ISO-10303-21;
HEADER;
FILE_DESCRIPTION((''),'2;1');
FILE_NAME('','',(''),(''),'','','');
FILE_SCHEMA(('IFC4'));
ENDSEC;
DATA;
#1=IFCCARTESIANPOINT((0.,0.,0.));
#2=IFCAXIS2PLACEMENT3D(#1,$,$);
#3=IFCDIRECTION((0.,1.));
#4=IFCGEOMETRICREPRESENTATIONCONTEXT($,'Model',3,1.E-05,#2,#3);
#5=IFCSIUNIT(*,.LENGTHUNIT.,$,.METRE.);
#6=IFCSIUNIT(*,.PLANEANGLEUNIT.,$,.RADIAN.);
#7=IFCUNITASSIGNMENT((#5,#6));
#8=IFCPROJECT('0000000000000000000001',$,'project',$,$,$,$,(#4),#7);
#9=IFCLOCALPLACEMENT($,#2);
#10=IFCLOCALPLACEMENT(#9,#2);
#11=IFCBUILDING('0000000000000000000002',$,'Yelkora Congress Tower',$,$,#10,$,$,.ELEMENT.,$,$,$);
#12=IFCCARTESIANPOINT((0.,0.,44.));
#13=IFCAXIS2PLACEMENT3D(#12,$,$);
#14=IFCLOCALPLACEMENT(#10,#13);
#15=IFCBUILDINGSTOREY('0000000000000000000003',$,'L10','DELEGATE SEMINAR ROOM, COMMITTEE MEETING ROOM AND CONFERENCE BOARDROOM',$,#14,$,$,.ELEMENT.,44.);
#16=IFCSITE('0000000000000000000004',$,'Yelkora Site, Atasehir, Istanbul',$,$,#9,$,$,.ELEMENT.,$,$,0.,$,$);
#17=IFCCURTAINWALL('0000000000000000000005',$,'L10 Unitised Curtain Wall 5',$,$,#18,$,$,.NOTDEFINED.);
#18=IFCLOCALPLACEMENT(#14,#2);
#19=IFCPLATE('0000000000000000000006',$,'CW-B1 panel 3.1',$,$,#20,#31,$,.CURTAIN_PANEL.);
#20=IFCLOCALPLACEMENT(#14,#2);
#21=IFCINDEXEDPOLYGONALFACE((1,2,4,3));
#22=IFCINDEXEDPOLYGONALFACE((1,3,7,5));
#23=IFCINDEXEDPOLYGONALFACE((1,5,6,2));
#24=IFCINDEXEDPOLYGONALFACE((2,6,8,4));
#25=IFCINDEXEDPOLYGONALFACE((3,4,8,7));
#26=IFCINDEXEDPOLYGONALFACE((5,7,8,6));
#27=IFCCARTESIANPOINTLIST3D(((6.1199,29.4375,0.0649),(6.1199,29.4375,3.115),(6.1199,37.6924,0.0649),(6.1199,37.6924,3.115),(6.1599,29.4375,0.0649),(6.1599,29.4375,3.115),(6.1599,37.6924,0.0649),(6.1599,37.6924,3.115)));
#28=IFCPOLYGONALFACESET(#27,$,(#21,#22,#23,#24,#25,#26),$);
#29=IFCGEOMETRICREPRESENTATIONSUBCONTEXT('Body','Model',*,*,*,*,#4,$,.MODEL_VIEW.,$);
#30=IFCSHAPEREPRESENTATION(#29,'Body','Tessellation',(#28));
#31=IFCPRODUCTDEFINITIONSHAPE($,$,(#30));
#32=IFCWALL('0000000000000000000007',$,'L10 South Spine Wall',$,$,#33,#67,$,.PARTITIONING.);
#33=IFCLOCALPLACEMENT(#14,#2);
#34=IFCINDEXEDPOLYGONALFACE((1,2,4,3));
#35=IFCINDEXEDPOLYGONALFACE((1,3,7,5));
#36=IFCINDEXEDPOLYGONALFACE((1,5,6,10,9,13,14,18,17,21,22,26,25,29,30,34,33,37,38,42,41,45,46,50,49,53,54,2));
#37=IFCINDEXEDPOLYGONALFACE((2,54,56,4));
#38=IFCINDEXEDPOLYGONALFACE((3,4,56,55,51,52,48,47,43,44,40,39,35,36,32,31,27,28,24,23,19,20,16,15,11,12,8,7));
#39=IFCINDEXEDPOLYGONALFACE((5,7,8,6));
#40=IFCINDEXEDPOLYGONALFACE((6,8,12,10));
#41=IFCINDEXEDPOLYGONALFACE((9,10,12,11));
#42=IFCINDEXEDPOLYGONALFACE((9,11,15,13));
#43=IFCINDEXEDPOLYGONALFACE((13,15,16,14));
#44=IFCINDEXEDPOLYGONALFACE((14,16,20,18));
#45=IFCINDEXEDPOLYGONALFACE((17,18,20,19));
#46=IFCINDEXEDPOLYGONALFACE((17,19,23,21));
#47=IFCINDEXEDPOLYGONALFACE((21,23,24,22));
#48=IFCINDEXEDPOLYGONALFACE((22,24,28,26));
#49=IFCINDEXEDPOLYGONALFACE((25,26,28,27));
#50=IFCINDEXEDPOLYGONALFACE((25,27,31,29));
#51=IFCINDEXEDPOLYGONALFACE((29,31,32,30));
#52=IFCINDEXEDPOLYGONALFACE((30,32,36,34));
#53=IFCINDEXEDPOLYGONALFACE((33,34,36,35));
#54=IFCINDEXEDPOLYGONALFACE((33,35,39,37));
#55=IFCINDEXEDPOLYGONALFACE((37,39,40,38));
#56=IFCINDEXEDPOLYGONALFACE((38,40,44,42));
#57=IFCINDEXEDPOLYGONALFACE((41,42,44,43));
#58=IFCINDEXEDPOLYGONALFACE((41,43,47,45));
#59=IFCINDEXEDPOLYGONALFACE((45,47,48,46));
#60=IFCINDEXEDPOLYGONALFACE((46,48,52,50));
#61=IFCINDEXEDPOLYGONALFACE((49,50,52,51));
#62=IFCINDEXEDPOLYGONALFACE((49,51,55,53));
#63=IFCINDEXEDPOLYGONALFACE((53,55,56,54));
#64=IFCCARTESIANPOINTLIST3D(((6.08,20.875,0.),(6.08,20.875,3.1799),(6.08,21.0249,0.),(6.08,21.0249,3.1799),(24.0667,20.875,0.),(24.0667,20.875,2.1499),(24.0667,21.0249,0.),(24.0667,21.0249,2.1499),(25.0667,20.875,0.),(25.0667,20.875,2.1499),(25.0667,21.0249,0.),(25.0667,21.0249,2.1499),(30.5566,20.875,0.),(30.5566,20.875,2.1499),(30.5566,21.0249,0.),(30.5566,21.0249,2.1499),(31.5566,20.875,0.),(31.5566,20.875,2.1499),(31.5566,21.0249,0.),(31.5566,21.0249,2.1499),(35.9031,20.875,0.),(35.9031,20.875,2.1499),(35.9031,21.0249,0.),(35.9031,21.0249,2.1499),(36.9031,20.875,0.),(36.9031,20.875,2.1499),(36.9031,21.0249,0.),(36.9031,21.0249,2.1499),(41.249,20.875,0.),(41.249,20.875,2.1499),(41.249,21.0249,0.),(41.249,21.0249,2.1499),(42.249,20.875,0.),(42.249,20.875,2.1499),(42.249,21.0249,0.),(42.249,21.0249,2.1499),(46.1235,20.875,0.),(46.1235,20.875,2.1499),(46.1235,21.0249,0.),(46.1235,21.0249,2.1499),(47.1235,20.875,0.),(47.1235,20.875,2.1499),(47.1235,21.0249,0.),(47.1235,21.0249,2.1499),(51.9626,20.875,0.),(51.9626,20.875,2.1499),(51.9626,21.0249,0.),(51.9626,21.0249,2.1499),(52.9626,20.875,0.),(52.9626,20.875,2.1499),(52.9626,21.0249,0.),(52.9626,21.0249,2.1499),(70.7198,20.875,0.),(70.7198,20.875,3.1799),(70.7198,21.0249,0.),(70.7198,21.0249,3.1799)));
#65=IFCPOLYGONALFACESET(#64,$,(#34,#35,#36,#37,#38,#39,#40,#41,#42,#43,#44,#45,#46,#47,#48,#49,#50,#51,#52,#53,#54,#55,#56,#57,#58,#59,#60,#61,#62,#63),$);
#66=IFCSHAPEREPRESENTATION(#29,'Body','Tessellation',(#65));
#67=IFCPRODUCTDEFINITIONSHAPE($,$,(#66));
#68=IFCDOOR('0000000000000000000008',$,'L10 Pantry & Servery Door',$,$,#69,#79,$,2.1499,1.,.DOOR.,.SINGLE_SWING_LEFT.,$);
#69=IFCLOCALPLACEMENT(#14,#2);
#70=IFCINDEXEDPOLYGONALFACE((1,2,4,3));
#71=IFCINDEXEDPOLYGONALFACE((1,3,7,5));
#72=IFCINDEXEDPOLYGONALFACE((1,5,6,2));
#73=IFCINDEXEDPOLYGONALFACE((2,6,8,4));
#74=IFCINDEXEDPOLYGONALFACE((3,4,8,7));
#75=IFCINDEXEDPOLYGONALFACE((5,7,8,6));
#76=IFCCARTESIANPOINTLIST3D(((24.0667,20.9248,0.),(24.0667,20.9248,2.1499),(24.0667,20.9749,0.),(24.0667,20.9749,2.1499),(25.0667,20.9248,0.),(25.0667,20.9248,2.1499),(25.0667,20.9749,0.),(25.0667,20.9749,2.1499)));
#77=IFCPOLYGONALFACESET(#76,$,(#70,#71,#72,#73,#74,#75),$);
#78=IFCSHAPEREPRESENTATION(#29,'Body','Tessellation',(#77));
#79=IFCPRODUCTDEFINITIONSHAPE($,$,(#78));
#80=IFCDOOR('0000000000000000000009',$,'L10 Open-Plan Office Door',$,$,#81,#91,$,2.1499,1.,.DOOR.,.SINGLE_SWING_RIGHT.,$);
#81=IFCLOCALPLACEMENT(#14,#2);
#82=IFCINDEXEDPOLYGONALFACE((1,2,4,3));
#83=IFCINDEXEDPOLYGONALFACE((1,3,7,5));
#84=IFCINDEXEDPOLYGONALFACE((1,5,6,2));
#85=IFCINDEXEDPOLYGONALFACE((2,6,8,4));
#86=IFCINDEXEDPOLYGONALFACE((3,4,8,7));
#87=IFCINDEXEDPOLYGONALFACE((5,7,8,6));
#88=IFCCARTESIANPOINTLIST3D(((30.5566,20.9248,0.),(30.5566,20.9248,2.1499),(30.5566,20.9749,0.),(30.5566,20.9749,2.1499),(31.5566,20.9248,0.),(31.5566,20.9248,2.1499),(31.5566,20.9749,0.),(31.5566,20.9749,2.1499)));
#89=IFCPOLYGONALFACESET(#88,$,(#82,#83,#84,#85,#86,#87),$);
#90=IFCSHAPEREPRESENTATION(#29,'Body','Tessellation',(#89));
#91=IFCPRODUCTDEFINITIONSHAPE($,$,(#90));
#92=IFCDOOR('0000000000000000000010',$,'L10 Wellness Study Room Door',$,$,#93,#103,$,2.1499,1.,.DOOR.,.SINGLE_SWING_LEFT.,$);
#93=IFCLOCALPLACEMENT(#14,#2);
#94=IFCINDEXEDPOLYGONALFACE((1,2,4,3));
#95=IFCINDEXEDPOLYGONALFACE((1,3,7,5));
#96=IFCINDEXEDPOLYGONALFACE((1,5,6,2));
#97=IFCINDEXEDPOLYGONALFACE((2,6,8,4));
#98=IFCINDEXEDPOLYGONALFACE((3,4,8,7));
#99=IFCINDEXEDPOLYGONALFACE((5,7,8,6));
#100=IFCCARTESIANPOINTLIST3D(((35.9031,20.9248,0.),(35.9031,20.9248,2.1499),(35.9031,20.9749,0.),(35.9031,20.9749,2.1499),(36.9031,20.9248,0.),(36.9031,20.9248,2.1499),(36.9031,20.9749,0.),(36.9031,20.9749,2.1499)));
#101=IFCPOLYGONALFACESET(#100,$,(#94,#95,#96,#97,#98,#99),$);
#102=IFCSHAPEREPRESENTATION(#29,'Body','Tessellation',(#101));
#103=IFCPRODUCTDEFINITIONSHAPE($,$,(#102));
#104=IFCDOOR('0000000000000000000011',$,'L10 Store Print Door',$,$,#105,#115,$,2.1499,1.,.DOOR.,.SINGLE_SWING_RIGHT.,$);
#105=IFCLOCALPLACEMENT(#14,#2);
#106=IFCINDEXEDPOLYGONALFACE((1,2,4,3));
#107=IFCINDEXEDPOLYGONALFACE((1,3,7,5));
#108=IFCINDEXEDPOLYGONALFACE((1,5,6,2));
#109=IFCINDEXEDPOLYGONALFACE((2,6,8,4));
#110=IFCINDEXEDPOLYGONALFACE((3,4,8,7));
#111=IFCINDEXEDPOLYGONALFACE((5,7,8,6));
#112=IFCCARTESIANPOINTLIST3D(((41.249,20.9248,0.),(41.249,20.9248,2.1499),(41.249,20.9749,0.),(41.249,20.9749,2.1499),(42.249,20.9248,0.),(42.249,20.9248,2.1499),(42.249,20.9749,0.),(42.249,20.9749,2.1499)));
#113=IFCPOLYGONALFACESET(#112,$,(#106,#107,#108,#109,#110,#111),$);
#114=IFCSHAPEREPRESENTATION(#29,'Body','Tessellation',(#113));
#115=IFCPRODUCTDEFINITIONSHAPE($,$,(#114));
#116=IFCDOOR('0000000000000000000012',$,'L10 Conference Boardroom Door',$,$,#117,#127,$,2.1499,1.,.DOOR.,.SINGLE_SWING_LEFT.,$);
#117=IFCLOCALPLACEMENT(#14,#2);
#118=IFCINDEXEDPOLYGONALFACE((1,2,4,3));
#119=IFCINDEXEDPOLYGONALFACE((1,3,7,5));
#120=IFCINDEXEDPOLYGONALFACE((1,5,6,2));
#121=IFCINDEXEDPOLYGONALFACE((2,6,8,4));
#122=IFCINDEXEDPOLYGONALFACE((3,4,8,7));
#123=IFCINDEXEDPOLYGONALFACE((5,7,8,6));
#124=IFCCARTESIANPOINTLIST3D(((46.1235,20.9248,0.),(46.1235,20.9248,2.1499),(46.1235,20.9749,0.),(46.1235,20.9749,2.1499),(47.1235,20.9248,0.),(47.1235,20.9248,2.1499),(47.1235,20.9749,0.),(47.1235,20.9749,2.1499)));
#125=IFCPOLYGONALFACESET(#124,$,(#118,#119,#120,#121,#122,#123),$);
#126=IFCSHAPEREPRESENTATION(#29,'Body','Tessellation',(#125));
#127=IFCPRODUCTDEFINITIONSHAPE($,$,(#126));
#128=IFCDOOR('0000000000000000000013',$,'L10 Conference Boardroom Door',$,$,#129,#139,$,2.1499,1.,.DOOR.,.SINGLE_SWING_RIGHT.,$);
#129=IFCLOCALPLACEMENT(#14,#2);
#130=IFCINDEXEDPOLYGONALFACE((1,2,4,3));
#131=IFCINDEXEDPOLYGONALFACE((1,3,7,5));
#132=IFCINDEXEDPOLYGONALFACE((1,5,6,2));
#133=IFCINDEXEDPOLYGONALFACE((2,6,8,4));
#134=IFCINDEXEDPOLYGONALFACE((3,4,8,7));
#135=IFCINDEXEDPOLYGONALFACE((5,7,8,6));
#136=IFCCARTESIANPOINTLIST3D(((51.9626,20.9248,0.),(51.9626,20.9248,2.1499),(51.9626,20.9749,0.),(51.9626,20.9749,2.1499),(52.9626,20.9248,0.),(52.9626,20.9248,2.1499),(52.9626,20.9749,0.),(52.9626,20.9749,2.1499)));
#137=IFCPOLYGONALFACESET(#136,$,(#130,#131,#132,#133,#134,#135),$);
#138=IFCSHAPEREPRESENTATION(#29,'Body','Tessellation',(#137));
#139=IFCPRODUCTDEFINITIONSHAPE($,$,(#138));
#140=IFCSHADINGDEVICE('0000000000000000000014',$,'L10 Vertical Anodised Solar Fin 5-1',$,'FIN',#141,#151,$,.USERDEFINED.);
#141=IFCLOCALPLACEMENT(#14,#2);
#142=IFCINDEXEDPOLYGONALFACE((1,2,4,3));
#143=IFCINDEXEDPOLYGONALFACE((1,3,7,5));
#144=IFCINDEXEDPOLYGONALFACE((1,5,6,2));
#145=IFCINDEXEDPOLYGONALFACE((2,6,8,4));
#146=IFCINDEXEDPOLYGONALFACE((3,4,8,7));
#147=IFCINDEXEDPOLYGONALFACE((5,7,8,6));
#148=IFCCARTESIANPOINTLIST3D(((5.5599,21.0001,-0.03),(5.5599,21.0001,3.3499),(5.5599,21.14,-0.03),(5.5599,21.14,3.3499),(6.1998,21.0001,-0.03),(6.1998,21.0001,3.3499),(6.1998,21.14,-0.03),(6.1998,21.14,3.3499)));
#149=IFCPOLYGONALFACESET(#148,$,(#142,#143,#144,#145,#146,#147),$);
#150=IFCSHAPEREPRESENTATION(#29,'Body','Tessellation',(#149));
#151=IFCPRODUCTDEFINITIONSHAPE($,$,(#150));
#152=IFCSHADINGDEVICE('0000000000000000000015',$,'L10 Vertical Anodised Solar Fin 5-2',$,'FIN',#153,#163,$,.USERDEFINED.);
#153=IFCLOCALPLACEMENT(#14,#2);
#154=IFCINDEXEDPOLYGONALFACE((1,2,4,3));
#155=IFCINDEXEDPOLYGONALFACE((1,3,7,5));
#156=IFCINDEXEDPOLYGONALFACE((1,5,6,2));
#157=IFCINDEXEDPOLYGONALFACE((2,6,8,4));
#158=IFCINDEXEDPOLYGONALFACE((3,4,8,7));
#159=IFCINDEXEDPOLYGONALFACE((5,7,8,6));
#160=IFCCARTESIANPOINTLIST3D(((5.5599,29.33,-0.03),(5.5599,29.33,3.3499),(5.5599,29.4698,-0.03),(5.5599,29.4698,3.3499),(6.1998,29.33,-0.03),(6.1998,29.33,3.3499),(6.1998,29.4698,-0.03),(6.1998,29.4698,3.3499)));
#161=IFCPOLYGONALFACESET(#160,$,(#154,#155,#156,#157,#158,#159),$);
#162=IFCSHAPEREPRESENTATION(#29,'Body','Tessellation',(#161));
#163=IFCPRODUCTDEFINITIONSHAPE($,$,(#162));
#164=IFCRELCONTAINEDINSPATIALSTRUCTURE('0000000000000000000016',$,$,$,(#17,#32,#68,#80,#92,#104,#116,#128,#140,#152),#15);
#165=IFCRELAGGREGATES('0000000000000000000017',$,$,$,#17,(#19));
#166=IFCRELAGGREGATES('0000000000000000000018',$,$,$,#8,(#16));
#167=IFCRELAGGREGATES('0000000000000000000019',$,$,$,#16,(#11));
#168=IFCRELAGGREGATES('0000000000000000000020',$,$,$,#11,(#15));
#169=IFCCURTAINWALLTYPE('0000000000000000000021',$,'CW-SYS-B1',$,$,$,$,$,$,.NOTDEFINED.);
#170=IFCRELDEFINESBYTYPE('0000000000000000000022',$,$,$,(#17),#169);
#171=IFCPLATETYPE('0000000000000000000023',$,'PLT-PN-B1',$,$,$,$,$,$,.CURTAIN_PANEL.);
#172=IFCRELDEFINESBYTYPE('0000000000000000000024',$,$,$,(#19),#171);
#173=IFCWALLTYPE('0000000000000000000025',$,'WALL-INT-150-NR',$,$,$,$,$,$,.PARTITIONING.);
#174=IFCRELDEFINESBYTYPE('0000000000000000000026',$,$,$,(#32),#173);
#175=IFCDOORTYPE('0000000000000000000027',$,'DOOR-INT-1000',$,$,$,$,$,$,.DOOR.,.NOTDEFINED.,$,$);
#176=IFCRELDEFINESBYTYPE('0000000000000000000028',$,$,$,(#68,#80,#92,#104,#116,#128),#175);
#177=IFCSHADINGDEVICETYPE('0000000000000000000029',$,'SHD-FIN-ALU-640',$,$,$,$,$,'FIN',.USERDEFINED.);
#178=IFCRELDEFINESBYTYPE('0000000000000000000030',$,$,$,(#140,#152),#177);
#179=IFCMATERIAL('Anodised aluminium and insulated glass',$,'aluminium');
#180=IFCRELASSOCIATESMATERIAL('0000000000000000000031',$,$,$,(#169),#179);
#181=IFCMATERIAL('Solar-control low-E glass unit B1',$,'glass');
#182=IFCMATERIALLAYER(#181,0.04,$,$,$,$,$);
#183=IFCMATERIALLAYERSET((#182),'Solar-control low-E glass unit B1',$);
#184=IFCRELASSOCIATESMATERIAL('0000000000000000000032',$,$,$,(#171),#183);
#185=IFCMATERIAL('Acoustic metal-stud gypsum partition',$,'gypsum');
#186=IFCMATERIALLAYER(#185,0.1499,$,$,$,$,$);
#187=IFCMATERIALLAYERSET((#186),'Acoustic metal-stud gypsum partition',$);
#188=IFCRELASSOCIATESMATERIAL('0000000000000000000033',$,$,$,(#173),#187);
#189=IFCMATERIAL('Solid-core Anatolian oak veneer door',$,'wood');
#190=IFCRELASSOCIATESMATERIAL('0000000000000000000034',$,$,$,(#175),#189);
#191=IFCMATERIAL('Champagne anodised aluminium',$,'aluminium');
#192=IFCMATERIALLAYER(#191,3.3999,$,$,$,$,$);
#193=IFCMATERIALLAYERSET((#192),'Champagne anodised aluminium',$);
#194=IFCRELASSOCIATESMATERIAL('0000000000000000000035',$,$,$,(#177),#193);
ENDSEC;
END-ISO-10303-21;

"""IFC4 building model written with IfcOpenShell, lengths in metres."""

from ifc_helpers import new_model, si_unit, direction, frame, frame_2d, origin, origin_2d, place, context, subcontext, project, spatial, rectangle, extrude, material, layer, layer_set, type_object, element, fill, aggregate, save


model = new_model("IFC4")

# Units and contexts
model_context = context("Model", 3, precision=1e-05, world=origin(), true_north=direction((0.0, 1.0)))
body_context = subcontext(model_context, "Body", "Model", "MODEL_VIEW")
ifc_project = project(units=[si_unit("LENGTHUNIT", "METRE"), si_unit("PLANEANGLEUNIT", "RADIAN")], contexts=[model_context])

# Site, building, storey
site_placement = place(None, origin())
site = spatial("IfcSite", under=ifc_project, at=site_placement, Name="Yelkora Site, Atasehir, Istanbul", CompositionType="ELEMENT", RefElevation=0.0)
building_placement = place(site_placement, origin())
building = spatial("IfcBuilding", under=site, at=building_placement, Name="Yelkora Congress Tower", CompositionType="ELEMENT")
storey_placement = place(building_placement, frame((0.0, 0.0, 44.0)))
storey = spatial("IfcBuildingStorey", under=building, at=storey_placement, Name="L10", Description="DELEGATE SEMINAR ROOM, COMMITTEE MEETING ROOM AND CONFERENCE BOARDROOM", CompositionType="ELEMENT", Elevation=44.0)

# Curtain wall, plate
ifc_material_1 = material(Name="Anodised aluminium and insulated glass", Category="aluminium")
curtain_wall_type = type_object("IfcCurtainWallType", Name="CW-SYS-B1", PredefinedType="NOTDEFINED", material=ifc_material_1)
curtain_wall_placement = place(storey_placement, origin())
curtain_wall = element("IfcCurtainWall", 1, at=curtain_wall_placement, inside=storey, type_object=curtain_wall_type, Name="L10 Unitised Curtain Wall 5", PredefinedType="NOTDEFINED")
ifc_material_2 = material(Name="Solar-control low-E glass unit B1", Category="glass")
ifc_layer_1 = layer(ifc_material_2, 0.04)
ifc_layer_set_1 = layer_set([ifc_layer_1], Name="Solar-control low-E glass unit B1")
plate_type = type_object("IfcPlateType", Name="PLT-PN-B1", PredefinedType="CURTAIN_PANEL", material=ifc_layer_set_1)
plate_1_placement = place(storey_placement, frame((6.1399, 33.5649, 0.0649), z_axis=(0.0, 0.0, 1.0), x_axis=(0.0, 1.0, 0.0)))
plate_1 = element("IfcPlate", 2, at=plate_1_placement, type_object=plate_type, Name="CW-B1 panel 3.1", PredefinedType="CURTAIN_PANEL", context=body_context, shape_type="SweptSolid", body=[
    extrude(rectangle(XDim=8.2549, YDim=0.04, at=origin_2d()), origin(), (0.0, 0.0, 1.0), 3.05),
])
aggregate(curtain_wall, [plate_1])

# Wall, openings, doors
ifc_material_3 = material(Name="Acoustic metal-stud gypsum partition", Category="gypsum")
ifc_layer_2 = layer(ifc_material_3, 0.1499)
ifc_layer_set_2 = layer_set([ifc_layer_2], Name="Acoustic metal-stud gypsum partition")
wall_type = type_object("IfcWallType", Name="WALL-INT-150-NR", PredefinedType="PARTITIONING", material=ifc_layer_set_2)
wall_placement = place(storey_placement, frame((6.0801, 20.95, 0.0), z_axis=(0.0, 0.0, 1.0), x_axis=(1.0, 0.0, 0.0)))
wall = element("IfcWall", 3, at=wall_placement, inside=storey, type_object=wall_type, Name="L10 South Spine Wall", PredefinedType="PARTITIONING", context=body_context, shape_type="SweptSolid", body=[
    extrude(rectangle(XDim=64.6399, YDim=0.1499, at=frame_2d((32.3198, 0.0))), origin(), (0.0, 0.0, 1.0), 3.1799),
])
opening_1_placement = place(wall_placement, frame((17.9866, 0.0, 0.0)))
opening_1 = element("IfcOpeningElement", 4, at=opening_1_placement, cuts=wall, PredefinedType="OPENING", context=body_context, shape_type="SweptSolid", body=[
    extrude(rectangle(XDim=1.0, YDim=2.1499, at=frame_2d((0.5, 1.075))), frame((0.0, 0.085, 0.0), z_axis=(0.0, -1.0, 0.0), x_axis=(1.0, 0.0, 0.0)), (0.0, 0.0, 1.0), 0.1699),
])
opening_2_placement = place(wall_placement, frame((24.4766, 0.0, 0.0)))
opening_2 = element("IfcOpeningElement", 5, at=opening_2_placement, cuts=wall, PredefinedType="OPENING", context=body_context, shape_type="SweptSolid", body=[
    extrude(rectangle(XDim=1.0, YDim=2.1499, at=frame_2d((0.5, 1.075))), frame((0.0, 0.085, 0.0), z_axis=(0.0, -1.0, 0.0), x_axis=(1.0, 0.0, 0.0)), (0.0, 0.0, 1.0), 0.1699),
])
opening_3_placement = place(wall_placement, frame((29.823, 0.0, 0.0)))
opening_3 = element("IfcOpeningElement", 6, at=opening_3_placement, cuts=wall, PredefinedType="OPENING", context=body_context, shape_type="SweptSolid", body=[
    extrude(rectangle(XDim=1.0, YDim=2.1499, at=frame_2d((0.5, 1.075))), frame((0.0, 0.085, 0.0), z_axis=(0.0, -1.0, 0.0), x_axis=(1.0, 0.0, 0.0)), (0.0, 0.0, 1.0), 0.1699),
])
opening_4_placement = place(wall_placement, frame((35.1689, 0.0, 0.0)))
opening_4 = element("IfcOpeningElement", 7, at=opening_4_placement, cuts=wall, PredefinedType="OPENING", context=body_context, shape_type="SweptSolid", body=[
    extrude(rectangle(XDim=1.0, YDim=2.1499, at=frame_2d((0.5, 1.075))), frame((0.0, 0.085, 0.0), z_axis=(0.0, -1.0, 0.0), x_axis=(1.0, 0.0, 0.0)), (0.0, 0.0, 1.0), 0.1699),
])
opening_5_placement = place(wall_placement, frame((40.0435, 0.0, 0.0)))
opening_5 = element("IfcOpeningElement", 8, at=opening_5_placement, cuts=wall, PredefinedType="OPENING", context=body_context, shape_type="SweptSolid", body=[
    extrude(rectangle(XDim=1.0, YDim=2.1499, at=frame_2d((0.5, 1.075))), frame((0.0, 0.085, 0.0), z_axis=(0.0, -1.0, 0.0), x_axis=(1.0, 0.0, 0.0)), (0.0, 0.0, 1.0), 0.1699),
])
opening_6_placement = place(wall_placement, frame((45.8826, 0.0, 0.0)))
opening_6 = element("IfcOpeningElement", 9, at=opening_6_placement, cuts=wall, PredefinedType="OPENING", context=body_context, shape_type="SweptSolid", body=[
    extrude(rectangle(XDim=1.0, YDim=2.1499, at=frame_2d((0.5, 1.075))), frame((0.0, 0.085, 0.0), z_axis=(0.0, -1.0, 0.0), x_axis=(1.0, 0.0, 0.0)), (0.0, 0.0, 1.0), 0.1699),
])
ifc_material_4 = material(Name="Solid-core Anatolian oak veneer door", Category="wood")
door_type = type_object("IfcDoorType", Name="DOOR-INT-1000", OperationType="NOTDEFINED", PredefinedType="DOOR", material=ifc_material_4)
door_1_placement = place(opening_1_placement, origin())
door_1 = element("IfcDoor", 10, at=door_1_placement, inside=storey, type_object=door_type, Name="L10 Pantry & Servery Door", OperationType="SINGLE_SWING_LEFT", OverallHeight=2.1499, OverallWidth=1.0, PredefinedType="DOOR", context=body_context, shape_type="SweptSolid", body=[
    extrude(rectangle(XDim=1.0, YDim=2.1499, at=frame_2d((0.5, 1.075))), frame((0.0, 0.0249, 0.0), z_axis=(0.0, -1.0, 0.0), x_axis=(1.0, 0.0, 0.0)), (0.0, 0.0, 1.0), 0.05),
])
fill(opening_1, door_1)
door_2_placement = place(opening_2_placement, origin())
door_2 = element("IfcDoor", 11, at=door_2_placement, inside=storey, type_object=door_type, Name="L10 Open-Plan Office Door", OperationType="SINGLE_SWING_RIGHT", OverallHeight=2.1499, OverallWidth=1.0, PredefinedType="DOOR", context=body_context, shape_type="SweptSolid", body=[
    extrude(rectangle(XDim=1.0, YDim=2.1499, at=frame_2d((0.5, 1.075))), frame((0.0, 0.0249, 0.0), z_axis=(0.0, -1.0, 0.0), x_axis=(1.0, 0.0, 0.0)), (0.0, 0.0, 1.0), 0.05),
])
fill(opening_2, door_2)
door_3_placement = place(opening_3_placement, origin())
door_3 = element("IfcDoor", 12, at=door_3_placement, inside=storey, type_object=door_type, Name="L10 Wellness Study Room Door", OperationType="SINGLE_SWING_LEFT", OverallHeight=2.1499, OverallWidth=1.0, PredefinedType="DOOR", context=body_context, shape_type="SweptSolid", body=[
    extrude(rectangle(XDim=1.0, YDim=2.1499, at=frame_2d((0.5, 1.075))), frame((0.0, 0.0249, 0.0), z_axis=(0.0, -1.0, 0.0), x_axis=(1.0, 0.0, 0.0)), (0.0, 0.0, 1.0), 0.05),
])
fill(opening_3, door_3)
door_4_placement = place(opening_4_placement, origin())
door_4 = element("IfcDoor", 13, at=door_4_placement, inside=storey, type_object=door_type, Name="L10 Store Print Door", OperationType="SINGLE_SWING_RIGHT", OverallHeight=2.1499, OverallWidth=1.0, PredefinedType="DOOR", context=body_context, shape_type="SweptSolid", body=[
    extrude(rectangle(XDim=1.0, YDim=2.1499, at=frame_2d((0.5, 1.075))), frame((0.0, 0.0249, 0.0), z_axis=(0.0, -1.0, 0.0), x_axis=(1.0, 0.0, 0.0)), (0.0, 0.0, 1.0), 0.05),
])
fill(opening_4, door_4)
door_5_placement = place(opening_5_placement, origin())
door_5 = element("IfcDoor", 14, at=door_5_placement, inside=storey, type_object=door_type, Name="L10 Conference Boardroom Door", OperationType="SINGLE_SWING_LEFT", OverallHeight=2.1499, OverallWidth=1.0, PredefinedType="DOOR", context=body_context, shape_type="SweptSolid", body=[
    extrude(rectangle(XDim=1.0, YDim=2.1499, at=frame_2d((0.5, 1.075))), frame((0.0, 0.0249, 0.0), z_axis=(0.0, -1.0, 0.0), x_axis=(1.0, 0.0, 0.0)), (0.0, 0.0, 1.0), 0.05),
])
fill(opening_5, door_5)
door_6_placement = place(opening_6_placement, origin())
door_6 = element("IfcDoor", 15, at=door_6_placement, inside=storey, type_object=door_type, Name="L10 Conference Boardroom Door", OperationType="SINGLE_SWING_RIGHT", OverallHeight=2.1499, OverallWidth=1.0, PredefinedType="DOOR", context=body_context, shape_type="SweptSolid", body=[
    extrude(rectangle(XDim=1.0, YDim=2.1499, at=frame_2d((0.5, 1.075))), frame((0.0, 0.0249, 0.0), z_axis=(0.0, -1.0, 0.0), x_axis=(1.0, 0.0, 0.0)), (0.0, 0.0, 1.0), 0.05),
])
fill(opening_6, door_6)

# Shading devices
ifc_material_5 = material(Name="Champagne anodised aluminium", Category="aluminium")
ifc_layer_3 = layer(ifc_material_5, 3.3999)
ifc_layer_set_3 = layer_set([ifc_layer_3], Name="Champagne anodised aluminium")
shading_device_type = type_object("IfcShadingDeviceType", Name="SHD-FIN-ALU-640", ElementType="FIN", PredefinedType="USERDEFINED", material=ifc_layer_set_3)
for number, where, z_axis, x_axis, name in (
    (16, (5.8799, 21.0701, -0.03), (0.0, 0.0, 1.0), (0.0, 1.0, 0.0), "L10 Vertical Anodised Solar Fin 5-1"),
    (17, (5.8799, 29.3999, -0.03), (0.0, 0.0, 1.0), (0.0, 1.0, 0.0), "L10 Vertical Anodised Solar Fin 5-2"),
):
    element("IfcShadingDevice", number, at=place(storey_placement, frame(where, z_axis=z_axis, x_axis=x_axis)), inside=storey, type_object=shading_device_type, Name=name, ObjectType="FIN", PredefinedType="USERDEFINED", context=body_context, shape_type="SweptSolid", body=[
        extrude(rectangle(XDim=0.1399, YDim=0.6399, at=origin_2d()), origin(), (0.0, 0.0, 1.0), 3.3799),
    ])

save(model, "model.ifc")
